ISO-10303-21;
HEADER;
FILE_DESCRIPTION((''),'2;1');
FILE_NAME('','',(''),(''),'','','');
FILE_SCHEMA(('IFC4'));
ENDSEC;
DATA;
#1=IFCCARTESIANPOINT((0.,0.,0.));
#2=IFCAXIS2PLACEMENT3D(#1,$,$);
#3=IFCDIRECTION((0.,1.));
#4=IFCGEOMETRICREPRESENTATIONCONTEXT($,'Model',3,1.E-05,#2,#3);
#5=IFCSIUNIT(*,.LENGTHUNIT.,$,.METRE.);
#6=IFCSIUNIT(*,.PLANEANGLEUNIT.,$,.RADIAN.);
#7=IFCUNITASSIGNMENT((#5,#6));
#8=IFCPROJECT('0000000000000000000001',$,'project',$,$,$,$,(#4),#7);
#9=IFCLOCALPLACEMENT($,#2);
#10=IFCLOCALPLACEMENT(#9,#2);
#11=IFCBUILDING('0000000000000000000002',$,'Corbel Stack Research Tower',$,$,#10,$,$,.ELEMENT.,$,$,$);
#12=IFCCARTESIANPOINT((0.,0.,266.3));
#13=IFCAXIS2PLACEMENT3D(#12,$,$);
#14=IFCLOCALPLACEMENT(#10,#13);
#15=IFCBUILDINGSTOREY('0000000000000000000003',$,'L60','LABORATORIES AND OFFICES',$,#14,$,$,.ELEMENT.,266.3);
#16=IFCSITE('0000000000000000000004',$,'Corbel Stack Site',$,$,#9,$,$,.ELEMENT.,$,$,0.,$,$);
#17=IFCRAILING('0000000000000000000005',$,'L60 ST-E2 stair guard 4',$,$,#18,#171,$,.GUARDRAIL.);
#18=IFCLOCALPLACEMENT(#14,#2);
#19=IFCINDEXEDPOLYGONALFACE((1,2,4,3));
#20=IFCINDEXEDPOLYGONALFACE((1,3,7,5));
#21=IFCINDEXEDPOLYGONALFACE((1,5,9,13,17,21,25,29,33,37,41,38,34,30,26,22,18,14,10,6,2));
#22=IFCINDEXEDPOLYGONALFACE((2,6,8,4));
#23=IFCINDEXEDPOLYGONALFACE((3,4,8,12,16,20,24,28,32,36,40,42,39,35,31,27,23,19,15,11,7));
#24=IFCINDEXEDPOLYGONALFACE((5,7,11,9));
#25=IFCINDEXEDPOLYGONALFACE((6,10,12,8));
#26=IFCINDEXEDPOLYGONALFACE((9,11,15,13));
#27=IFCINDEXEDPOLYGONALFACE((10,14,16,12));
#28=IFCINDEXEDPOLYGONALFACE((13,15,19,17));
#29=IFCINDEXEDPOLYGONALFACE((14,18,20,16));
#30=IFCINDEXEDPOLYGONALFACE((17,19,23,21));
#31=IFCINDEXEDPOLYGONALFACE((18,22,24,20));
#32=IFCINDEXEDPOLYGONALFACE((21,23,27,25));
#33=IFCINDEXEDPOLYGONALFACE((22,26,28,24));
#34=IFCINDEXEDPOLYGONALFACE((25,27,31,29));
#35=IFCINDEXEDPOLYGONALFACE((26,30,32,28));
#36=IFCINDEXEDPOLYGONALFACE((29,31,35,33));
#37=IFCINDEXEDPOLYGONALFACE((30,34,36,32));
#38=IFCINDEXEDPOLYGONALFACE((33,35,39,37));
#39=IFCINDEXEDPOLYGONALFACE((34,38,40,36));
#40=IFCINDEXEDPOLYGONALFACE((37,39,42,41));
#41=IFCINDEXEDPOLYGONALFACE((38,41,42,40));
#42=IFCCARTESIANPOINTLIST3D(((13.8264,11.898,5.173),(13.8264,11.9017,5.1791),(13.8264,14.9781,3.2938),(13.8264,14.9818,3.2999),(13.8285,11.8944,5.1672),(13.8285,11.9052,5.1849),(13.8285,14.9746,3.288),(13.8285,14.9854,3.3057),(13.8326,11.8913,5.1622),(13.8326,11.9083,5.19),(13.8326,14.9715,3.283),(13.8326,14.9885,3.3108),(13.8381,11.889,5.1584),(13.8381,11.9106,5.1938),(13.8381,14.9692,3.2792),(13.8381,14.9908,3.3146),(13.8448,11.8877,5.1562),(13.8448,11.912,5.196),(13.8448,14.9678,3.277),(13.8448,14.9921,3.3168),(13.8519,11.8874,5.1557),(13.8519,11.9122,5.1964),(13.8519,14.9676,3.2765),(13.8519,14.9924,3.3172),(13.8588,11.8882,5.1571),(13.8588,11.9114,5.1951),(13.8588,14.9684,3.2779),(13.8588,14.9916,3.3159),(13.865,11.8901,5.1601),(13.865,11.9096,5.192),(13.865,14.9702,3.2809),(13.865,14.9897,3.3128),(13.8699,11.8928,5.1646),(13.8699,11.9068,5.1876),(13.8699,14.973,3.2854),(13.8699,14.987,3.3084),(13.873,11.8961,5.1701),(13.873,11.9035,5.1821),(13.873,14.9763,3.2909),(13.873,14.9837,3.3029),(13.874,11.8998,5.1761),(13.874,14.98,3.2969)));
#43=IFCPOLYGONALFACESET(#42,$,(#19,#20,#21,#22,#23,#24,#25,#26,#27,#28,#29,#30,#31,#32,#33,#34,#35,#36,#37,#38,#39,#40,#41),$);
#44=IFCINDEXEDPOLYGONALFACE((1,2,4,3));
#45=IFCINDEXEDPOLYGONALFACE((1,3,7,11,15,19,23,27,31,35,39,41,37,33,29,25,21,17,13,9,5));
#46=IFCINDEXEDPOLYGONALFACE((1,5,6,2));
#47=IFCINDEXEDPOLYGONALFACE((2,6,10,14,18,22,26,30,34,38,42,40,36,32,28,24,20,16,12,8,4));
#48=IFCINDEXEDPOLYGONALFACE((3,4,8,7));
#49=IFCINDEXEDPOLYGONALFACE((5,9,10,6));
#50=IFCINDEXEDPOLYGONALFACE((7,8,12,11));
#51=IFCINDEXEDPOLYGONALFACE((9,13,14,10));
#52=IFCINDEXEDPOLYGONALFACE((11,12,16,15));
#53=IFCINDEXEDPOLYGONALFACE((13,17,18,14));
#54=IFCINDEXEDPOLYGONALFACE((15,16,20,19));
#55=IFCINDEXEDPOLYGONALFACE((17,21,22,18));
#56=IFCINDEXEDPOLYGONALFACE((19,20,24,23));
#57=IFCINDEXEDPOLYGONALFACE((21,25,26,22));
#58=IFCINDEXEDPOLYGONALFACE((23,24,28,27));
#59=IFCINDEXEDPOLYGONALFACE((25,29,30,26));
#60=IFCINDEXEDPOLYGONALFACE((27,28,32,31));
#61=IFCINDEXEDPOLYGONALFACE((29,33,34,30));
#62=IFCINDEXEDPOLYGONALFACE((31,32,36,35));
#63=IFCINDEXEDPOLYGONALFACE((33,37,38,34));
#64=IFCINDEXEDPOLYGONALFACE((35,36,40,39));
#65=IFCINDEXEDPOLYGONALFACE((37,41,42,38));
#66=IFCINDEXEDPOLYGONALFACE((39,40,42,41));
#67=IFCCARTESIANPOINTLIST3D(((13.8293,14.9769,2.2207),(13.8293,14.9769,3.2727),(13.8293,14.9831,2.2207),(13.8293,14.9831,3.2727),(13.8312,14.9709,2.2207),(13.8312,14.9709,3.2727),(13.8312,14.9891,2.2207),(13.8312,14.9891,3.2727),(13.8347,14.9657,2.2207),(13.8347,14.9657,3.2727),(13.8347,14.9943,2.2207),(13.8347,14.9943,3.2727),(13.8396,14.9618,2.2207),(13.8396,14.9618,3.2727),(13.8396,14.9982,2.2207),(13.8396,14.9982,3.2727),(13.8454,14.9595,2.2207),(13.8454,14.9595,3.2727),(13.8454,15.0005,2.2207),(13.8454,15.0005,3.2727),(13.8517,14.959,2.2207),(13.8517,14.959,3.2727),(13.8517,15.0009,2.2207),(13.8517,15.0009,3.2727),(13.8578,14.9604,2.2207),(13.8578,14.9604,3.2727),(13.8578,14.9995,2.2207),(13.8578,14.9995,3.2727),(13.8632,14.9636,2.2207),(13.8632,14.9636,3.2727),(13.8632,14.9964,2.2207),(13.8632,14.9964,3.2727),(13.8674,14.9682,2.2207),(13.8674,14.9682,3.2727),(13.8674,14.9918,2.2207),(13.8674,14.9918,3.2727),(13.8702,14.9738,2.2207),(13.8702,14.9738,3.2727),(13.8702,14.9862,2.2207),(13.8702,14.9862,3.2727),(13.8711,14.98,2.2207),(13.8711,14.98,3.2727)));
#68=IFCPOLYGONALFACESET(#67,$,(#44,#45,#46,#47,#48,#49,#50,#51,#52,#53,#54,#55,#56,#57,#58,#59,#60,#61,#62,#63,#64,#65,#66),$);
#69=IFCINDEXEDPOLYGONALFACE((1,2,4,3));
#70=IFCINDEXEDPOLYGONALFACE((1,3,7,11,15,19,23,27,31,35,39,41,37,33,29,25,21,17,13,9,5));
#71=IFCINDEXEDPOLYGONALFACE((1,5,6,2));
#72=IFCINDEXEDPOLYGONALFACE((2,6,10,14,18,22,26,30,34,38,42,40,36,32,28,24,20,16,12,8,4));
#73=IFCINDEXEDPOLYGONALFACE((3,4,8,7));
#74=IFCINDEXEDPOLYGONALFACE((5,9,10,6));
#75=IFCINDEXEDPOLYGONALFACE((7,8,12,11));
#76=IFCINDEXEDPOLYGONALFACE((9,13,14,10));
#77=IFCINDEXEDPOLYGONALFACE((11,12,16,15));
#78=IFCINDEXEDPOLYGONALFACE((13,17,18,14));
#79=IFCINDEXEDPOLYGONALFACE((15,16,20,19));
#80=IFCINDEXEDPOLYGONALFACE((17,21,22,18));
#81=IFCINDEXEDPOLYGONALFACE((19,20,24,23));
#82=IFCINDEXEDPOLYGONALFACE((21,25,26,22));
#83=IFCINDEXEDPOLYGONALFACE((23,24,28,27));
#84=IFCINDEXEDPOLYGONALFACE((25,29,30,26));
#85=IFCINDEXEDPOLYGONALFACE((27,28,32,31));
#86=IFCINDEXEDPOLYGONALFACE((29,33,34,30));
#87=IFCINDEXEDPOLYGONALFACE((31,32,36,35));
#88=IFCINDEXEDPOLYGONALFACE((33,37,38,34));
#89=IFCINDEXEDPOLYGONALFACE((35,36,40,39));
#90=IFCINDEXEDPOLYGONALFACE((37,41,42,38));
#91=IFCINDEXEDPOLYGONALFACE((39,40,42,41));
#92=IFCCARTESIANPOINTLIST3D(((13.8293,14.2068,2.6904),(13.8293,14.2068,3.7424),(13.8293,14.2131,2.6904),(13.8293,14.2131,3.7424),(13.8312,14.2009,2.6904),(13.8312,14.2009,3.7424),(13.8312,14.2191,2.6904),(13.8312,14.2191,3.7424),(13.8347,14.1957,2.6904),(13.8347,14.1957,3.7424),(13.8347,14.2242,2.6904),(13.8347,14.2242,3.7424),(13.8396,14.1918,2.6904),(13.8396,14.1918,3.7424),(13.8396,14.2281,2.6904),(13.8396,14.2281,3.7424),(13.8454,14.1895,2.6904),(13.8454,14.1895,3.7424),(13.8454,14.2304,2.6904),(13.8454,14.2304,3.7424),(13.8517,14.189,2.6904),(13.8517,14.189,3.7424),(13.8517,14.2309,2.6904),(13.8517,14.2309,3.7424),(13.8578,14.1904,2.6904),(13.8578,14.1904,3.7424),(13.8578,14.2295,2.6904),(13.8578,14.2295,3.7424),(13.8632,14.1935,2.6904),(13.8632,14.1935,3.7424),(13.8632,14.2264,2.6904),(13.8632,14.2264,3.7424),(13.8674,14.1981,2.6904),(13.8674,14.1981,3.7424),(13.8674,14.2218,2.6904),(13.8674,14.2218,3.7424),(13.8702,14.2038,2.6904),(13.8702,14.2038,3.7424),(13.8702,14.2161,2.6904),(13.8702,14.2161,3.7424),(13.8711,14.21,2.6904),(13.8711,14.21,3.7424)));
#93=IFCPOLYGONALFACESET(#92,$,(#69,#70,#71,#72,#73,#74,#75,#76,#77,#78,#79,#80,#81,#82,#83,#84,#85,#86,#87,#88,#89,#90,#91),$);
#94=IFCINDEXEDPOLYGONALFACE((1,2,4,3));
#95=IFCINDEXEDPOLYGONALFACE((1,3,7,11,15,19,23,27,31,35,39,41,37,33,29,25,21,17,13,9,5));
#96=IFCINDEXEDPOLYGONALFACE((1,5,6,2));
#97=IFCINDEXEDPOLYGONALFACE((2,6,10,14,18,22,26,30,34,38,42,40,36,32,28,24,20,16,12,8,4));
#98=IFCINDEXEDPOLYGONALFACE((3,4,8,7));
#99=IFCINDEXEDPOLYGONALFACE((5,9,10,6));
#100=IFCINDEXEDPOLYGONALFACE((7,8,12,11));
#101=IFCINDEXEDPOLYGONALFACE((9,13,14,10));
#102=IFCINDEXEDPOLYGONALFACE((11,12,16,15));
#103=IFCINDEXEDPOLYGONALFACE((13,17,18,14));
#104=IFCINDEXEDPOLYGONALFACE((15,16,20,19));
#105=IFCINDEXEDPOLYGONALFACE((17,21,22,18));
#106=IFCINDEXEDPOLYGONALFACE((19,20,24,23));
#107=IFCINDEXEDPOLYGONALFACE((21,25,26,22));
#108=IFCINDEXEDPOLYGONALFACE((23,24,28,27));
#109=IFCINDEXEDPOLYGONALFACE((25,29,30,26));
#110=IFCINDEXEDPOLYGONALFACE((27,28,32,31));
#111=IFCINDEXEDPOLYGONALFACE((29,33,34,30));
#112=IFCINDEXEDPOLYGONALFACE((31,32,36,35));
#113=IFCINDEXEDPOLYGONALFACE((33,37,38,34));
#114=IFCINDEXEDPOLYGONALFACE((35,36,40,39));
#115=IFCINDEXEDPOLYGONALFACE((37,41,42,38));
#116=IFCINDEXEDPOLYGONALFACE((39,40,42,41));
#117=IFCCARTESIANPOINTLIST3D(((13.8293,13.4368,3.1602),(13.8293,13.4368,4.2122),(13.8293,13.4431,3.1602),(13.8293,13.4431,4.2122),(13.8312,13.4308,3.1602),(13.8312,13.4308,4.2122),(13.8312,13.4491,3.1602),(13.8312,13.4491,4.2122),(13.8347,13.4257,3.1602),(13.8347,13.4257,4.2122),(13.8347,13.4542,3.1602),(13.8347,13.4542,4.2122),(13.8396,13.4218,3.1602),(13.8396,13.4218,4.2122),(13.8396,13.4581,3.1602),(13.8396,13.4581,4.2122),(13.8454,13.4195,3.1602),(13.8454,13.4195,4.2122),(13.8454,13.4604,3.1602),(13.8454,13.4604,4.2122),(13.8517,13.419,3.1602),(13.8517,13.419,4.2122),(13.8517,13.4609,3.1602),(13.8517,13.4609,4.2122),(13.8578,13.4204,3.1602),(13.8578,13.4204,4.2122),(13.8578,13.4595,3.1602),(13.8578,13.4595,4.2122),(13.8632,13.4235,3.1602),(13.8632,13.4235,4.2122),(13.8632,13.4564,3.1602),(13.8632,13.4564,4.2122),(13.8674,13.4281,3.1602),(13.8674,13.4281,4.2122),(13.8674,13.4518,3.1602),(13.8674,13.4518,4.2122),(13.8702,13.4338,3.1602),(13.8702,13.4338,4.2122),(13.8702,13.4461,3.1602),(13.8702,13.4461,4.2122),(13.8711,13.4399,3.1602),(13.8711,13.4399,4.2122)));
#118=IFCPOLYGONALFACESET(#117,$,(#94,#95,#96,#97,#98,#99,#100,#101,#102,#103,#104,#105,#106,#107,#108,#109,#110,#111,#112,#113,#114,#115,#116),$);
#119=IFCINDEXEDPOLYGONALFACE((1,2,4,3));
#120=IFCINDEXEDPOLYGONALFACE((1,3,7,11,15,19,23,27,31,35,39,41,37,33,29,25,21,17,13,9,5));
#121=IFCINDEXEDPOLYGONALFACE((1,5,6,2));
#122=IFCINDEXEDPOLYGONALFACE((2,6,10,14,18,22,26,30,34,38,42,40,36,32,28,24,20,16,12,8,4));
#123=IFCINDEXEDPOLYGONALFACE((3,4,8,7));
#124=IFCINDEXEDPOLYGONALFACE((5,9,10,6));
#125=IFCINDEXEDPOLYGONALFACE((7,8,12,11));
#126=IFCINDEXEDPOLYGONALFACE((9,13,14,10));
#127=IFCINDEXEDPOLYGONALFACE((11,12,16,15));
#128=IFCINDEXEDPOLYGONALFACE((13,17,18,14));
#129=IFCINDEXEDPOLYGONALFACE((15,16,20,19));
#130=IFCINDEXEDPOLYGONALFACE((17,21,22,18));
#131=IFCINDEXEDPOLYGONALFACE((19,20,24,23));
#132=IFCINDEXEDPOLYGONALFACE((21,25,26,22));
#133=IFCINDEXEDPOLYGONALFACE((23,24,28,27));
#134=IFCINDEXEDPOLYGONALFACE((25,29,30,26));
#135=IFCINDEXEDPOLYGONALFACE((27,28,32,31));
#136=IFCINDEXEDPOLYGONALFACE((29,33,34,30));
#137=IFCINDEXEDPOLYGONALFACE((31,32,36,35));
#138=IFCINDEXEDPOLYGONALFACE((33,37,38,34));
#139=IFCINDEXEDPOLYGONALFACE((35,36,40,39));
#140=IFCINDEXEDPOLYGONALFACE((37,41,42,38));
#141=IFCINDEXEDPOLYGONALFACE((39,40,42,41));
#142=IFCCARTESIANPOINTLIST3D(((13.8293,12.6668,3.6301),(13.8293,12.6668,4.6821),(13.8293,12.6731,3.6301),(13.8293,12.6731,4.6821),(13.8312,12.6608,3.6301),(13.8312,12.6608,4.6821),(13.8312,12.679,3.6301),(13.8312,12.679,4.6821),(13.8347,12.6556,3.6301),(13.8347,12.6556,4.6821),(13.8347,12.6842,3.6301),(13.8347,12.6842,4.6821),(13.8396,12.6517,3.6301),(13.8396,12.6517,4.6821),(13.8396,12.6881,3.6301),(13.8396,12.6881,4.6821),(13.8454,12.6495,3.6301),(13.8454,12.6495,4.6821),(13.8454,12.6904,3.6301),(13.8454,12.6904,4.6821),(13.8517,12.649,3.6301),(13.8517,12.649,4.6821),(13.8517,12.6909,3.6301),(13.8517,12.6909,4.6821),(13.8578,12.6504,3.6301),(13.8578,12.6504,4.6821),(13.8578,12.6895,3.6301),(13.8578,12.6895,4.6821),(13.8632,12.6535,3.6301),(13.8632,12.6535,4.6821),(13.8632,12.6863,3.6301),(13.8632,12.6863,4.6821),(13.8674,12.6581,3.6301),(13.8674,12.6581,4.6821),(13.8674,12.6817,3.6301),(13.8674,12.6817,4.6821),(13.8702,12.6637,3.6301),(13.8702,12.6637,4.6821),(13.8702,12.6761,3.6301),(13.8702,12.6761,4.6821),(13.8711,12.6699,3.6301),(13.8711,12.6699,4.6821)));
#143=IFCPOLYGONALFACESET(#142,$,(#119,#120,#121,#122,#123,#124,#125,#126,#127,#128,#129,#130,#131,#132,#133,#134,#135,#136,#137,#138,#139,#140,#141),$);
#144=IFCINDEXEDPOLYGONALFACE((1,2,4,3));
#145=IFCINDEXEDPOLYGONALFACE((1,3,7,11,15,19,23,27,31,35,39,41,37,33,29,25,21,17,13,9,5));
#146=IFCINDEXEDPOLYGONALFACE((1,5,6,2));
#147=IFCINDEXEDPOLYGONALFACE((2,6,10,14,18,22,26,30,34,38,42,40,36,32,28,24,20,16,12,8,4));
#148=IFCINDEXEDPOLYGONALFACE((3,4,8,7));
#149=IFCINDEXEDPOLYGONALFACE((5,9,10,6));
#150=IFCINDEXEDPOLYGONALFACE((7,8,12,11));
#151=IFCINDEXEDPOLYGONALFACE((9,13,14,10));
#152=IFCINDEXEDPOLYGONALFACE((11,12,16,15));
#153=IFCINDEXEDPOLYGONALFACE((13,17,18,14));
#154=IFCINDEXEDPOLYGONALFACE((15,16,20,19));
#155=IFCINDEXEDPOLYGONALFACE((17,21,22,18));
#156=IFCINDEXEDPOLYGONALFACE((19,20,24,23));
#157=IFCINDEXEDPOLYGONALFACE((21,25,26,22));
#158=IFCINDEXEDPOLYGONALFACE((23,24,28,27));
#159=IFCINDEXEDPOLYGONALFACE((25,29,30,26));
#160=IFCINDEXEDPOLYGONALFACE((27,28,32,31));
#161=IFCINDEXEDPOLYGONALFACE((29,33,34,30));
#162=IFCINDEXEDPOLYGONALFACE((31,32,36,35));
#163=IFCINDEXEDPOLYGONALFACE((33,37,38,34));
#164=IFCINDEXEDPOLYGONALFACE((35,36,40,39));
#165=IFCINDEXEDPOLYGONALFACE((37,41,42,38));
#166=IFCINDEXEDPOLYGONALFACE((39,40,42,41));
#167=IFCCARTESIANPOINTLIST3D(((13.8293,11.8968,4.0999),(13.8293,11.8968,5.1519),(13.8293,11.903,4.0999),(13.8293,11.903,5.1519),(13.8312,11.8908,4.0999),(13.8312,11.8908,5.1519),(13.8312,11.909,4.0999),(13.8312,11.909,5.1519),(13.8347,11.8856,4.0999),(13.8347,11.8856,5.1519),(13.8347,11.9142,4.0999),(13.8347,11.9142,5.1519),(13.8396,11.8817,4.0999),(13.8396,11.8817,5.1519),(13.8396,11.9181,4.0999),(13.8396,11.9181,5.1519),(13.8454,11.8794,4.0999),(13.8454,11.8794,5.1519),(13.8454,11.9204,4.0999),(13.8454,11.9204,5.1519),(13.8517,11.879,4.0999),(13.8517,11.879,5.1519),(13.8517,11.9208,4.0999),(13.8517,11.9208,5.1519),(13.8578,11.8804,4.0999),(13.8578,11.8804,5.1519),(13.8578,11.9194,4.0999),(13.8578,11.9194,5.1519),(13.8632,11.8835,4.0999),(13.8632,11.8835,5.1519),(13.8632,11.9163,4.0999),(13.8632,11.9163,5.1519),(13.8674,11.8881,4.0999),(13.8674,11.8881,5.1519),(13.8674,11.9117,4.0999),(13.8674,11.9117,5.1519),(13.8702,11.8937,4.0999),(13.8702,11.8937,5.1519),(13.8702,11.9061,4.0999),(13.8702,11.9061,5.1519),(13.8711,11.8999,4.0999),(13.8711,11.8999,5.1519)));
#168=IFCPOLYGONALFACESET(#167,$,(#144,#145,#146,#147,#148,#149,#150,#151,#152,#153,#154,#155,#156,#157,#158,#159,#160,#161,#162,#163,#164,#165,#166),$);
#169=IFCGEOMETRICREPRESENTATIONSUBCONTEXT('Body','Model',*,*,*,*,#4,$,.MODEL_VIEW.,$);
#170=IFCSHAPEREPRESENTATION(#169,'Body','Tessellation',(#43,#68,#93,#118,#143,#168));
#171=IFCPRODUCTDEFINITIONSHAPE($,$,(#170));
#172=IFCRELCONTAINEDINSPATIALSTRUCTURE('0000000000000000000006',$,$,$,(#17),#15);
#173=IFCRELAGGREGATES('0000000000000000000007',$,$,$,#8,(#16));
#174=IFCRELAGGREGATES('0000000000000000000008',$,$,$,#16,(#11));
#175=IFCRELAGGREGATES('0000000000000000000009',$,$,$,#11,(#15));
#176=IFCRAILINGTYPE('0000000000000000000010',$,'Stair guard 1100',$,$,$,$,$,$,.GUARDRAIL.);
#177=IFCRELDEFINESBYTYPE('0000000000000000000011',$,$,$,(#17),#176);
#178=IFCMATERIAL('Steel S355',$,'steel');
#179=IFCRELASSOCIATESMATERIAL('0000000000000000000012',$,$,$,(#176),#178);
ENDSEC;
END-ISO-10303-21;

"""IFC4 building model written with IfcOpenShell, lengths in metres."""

from ifc_helpers import new_model, si_unit, direction, frame, origin, origin_2d, place, context, subcontext, project, spatial, circle, extrude, material, type_object, element, save


model = new_model("IFC4")

# Units and contexts
model_context = context("Model", 3, precision=1e-05, world=origin(), true_north=direction((0.0, 1.0)))
body_context = subcontext(model_context, "Body", "Model", "MODEL_VIEW")
ifc_project = project(units=[si_unit("LENGTHUNIT", "METRE"), si_unit("PLANEANGLEUNIT", "RADIAN")], contexts=[model_context])

# Site, building, storey
site_placement = place(None, origin())
site = spatial("IfcSite", under=ifc_project, at=site_placement, Name="Corbel Stack Site", CompositionType="ELEMENT", RefElevation=0.0)
building_placement = place(site_placement, origin())
building = spatial("IfcBuilding", under=site, at=building_placement, Name="Corbel Stack Research Tower", CompositionType="ELEMENT")
storey_placement = place(building_placement, frame((0.0, 0.0, 266.3)))
storey = spatial("IfcBuildingStorey", under=building, at=storey_placement, Name="L60", Description="LABORATORIES AND OFFICES", CompositionType="ELEMENT", Elevation=266.3)

# Railing
ifc_material_1 = material(Name="Steel S355", Category="steel")
railing_type_1 = type_object("IfcRailingType", Name="Stair guard 1100", PredefinedType="GUARDRAIL", material=ifc_material_1)
railing_1_placement = place(storey_placement, frame((13.8501, 14.98, 2.2207)))
element("IfcRailing", 1, at=railing_1_placement, inside=storey, type_object=railing_type_1, Name="L60 ST-E2 stair guard 4", PredefinedType="GUARDRAIL", context=body_context, shape_type="SweptSolid", body=[
    extrude(circle(Radius=0.0239, at=origin_2d()), frame((0.0, 0.0, 1.0762), z_axis=(0.0, -0.853666, 0.52082), x_axis=(1.0, 0.0, 0.0)), (0.0, 0.0, 1.0), 3.6082),
    extrude(circle(Radius=0.021, at=origin_2d()), origin(), (0.0, 0.0, 1.0), 1.052),
    extrude(circle(Radius=0.021, at=origin_2d()), frame((0.0, -0.77, 0.4697)), (0.0, 0.0, 1.0), 1.052),
    extrude(circle(Radius=0.021, at=origin_2d()), frame((0.0, -1.54, 0.9395)), (0.0, 0.0, 1.0), 1.052),
    extrude(circle(Radius=0.021, at=origin_2d()), frame((0.0, -2.3101, 1.4094)), (0.0, 0.0, 1.0), 1.052),
    extrude(circle(Radius=0.021, at=origin_2d()), frame((0.0, -3.0801, 1.8792)), (0.0, 0.0, 1.0), 1.052),
])

save(model, "model.ifc")
